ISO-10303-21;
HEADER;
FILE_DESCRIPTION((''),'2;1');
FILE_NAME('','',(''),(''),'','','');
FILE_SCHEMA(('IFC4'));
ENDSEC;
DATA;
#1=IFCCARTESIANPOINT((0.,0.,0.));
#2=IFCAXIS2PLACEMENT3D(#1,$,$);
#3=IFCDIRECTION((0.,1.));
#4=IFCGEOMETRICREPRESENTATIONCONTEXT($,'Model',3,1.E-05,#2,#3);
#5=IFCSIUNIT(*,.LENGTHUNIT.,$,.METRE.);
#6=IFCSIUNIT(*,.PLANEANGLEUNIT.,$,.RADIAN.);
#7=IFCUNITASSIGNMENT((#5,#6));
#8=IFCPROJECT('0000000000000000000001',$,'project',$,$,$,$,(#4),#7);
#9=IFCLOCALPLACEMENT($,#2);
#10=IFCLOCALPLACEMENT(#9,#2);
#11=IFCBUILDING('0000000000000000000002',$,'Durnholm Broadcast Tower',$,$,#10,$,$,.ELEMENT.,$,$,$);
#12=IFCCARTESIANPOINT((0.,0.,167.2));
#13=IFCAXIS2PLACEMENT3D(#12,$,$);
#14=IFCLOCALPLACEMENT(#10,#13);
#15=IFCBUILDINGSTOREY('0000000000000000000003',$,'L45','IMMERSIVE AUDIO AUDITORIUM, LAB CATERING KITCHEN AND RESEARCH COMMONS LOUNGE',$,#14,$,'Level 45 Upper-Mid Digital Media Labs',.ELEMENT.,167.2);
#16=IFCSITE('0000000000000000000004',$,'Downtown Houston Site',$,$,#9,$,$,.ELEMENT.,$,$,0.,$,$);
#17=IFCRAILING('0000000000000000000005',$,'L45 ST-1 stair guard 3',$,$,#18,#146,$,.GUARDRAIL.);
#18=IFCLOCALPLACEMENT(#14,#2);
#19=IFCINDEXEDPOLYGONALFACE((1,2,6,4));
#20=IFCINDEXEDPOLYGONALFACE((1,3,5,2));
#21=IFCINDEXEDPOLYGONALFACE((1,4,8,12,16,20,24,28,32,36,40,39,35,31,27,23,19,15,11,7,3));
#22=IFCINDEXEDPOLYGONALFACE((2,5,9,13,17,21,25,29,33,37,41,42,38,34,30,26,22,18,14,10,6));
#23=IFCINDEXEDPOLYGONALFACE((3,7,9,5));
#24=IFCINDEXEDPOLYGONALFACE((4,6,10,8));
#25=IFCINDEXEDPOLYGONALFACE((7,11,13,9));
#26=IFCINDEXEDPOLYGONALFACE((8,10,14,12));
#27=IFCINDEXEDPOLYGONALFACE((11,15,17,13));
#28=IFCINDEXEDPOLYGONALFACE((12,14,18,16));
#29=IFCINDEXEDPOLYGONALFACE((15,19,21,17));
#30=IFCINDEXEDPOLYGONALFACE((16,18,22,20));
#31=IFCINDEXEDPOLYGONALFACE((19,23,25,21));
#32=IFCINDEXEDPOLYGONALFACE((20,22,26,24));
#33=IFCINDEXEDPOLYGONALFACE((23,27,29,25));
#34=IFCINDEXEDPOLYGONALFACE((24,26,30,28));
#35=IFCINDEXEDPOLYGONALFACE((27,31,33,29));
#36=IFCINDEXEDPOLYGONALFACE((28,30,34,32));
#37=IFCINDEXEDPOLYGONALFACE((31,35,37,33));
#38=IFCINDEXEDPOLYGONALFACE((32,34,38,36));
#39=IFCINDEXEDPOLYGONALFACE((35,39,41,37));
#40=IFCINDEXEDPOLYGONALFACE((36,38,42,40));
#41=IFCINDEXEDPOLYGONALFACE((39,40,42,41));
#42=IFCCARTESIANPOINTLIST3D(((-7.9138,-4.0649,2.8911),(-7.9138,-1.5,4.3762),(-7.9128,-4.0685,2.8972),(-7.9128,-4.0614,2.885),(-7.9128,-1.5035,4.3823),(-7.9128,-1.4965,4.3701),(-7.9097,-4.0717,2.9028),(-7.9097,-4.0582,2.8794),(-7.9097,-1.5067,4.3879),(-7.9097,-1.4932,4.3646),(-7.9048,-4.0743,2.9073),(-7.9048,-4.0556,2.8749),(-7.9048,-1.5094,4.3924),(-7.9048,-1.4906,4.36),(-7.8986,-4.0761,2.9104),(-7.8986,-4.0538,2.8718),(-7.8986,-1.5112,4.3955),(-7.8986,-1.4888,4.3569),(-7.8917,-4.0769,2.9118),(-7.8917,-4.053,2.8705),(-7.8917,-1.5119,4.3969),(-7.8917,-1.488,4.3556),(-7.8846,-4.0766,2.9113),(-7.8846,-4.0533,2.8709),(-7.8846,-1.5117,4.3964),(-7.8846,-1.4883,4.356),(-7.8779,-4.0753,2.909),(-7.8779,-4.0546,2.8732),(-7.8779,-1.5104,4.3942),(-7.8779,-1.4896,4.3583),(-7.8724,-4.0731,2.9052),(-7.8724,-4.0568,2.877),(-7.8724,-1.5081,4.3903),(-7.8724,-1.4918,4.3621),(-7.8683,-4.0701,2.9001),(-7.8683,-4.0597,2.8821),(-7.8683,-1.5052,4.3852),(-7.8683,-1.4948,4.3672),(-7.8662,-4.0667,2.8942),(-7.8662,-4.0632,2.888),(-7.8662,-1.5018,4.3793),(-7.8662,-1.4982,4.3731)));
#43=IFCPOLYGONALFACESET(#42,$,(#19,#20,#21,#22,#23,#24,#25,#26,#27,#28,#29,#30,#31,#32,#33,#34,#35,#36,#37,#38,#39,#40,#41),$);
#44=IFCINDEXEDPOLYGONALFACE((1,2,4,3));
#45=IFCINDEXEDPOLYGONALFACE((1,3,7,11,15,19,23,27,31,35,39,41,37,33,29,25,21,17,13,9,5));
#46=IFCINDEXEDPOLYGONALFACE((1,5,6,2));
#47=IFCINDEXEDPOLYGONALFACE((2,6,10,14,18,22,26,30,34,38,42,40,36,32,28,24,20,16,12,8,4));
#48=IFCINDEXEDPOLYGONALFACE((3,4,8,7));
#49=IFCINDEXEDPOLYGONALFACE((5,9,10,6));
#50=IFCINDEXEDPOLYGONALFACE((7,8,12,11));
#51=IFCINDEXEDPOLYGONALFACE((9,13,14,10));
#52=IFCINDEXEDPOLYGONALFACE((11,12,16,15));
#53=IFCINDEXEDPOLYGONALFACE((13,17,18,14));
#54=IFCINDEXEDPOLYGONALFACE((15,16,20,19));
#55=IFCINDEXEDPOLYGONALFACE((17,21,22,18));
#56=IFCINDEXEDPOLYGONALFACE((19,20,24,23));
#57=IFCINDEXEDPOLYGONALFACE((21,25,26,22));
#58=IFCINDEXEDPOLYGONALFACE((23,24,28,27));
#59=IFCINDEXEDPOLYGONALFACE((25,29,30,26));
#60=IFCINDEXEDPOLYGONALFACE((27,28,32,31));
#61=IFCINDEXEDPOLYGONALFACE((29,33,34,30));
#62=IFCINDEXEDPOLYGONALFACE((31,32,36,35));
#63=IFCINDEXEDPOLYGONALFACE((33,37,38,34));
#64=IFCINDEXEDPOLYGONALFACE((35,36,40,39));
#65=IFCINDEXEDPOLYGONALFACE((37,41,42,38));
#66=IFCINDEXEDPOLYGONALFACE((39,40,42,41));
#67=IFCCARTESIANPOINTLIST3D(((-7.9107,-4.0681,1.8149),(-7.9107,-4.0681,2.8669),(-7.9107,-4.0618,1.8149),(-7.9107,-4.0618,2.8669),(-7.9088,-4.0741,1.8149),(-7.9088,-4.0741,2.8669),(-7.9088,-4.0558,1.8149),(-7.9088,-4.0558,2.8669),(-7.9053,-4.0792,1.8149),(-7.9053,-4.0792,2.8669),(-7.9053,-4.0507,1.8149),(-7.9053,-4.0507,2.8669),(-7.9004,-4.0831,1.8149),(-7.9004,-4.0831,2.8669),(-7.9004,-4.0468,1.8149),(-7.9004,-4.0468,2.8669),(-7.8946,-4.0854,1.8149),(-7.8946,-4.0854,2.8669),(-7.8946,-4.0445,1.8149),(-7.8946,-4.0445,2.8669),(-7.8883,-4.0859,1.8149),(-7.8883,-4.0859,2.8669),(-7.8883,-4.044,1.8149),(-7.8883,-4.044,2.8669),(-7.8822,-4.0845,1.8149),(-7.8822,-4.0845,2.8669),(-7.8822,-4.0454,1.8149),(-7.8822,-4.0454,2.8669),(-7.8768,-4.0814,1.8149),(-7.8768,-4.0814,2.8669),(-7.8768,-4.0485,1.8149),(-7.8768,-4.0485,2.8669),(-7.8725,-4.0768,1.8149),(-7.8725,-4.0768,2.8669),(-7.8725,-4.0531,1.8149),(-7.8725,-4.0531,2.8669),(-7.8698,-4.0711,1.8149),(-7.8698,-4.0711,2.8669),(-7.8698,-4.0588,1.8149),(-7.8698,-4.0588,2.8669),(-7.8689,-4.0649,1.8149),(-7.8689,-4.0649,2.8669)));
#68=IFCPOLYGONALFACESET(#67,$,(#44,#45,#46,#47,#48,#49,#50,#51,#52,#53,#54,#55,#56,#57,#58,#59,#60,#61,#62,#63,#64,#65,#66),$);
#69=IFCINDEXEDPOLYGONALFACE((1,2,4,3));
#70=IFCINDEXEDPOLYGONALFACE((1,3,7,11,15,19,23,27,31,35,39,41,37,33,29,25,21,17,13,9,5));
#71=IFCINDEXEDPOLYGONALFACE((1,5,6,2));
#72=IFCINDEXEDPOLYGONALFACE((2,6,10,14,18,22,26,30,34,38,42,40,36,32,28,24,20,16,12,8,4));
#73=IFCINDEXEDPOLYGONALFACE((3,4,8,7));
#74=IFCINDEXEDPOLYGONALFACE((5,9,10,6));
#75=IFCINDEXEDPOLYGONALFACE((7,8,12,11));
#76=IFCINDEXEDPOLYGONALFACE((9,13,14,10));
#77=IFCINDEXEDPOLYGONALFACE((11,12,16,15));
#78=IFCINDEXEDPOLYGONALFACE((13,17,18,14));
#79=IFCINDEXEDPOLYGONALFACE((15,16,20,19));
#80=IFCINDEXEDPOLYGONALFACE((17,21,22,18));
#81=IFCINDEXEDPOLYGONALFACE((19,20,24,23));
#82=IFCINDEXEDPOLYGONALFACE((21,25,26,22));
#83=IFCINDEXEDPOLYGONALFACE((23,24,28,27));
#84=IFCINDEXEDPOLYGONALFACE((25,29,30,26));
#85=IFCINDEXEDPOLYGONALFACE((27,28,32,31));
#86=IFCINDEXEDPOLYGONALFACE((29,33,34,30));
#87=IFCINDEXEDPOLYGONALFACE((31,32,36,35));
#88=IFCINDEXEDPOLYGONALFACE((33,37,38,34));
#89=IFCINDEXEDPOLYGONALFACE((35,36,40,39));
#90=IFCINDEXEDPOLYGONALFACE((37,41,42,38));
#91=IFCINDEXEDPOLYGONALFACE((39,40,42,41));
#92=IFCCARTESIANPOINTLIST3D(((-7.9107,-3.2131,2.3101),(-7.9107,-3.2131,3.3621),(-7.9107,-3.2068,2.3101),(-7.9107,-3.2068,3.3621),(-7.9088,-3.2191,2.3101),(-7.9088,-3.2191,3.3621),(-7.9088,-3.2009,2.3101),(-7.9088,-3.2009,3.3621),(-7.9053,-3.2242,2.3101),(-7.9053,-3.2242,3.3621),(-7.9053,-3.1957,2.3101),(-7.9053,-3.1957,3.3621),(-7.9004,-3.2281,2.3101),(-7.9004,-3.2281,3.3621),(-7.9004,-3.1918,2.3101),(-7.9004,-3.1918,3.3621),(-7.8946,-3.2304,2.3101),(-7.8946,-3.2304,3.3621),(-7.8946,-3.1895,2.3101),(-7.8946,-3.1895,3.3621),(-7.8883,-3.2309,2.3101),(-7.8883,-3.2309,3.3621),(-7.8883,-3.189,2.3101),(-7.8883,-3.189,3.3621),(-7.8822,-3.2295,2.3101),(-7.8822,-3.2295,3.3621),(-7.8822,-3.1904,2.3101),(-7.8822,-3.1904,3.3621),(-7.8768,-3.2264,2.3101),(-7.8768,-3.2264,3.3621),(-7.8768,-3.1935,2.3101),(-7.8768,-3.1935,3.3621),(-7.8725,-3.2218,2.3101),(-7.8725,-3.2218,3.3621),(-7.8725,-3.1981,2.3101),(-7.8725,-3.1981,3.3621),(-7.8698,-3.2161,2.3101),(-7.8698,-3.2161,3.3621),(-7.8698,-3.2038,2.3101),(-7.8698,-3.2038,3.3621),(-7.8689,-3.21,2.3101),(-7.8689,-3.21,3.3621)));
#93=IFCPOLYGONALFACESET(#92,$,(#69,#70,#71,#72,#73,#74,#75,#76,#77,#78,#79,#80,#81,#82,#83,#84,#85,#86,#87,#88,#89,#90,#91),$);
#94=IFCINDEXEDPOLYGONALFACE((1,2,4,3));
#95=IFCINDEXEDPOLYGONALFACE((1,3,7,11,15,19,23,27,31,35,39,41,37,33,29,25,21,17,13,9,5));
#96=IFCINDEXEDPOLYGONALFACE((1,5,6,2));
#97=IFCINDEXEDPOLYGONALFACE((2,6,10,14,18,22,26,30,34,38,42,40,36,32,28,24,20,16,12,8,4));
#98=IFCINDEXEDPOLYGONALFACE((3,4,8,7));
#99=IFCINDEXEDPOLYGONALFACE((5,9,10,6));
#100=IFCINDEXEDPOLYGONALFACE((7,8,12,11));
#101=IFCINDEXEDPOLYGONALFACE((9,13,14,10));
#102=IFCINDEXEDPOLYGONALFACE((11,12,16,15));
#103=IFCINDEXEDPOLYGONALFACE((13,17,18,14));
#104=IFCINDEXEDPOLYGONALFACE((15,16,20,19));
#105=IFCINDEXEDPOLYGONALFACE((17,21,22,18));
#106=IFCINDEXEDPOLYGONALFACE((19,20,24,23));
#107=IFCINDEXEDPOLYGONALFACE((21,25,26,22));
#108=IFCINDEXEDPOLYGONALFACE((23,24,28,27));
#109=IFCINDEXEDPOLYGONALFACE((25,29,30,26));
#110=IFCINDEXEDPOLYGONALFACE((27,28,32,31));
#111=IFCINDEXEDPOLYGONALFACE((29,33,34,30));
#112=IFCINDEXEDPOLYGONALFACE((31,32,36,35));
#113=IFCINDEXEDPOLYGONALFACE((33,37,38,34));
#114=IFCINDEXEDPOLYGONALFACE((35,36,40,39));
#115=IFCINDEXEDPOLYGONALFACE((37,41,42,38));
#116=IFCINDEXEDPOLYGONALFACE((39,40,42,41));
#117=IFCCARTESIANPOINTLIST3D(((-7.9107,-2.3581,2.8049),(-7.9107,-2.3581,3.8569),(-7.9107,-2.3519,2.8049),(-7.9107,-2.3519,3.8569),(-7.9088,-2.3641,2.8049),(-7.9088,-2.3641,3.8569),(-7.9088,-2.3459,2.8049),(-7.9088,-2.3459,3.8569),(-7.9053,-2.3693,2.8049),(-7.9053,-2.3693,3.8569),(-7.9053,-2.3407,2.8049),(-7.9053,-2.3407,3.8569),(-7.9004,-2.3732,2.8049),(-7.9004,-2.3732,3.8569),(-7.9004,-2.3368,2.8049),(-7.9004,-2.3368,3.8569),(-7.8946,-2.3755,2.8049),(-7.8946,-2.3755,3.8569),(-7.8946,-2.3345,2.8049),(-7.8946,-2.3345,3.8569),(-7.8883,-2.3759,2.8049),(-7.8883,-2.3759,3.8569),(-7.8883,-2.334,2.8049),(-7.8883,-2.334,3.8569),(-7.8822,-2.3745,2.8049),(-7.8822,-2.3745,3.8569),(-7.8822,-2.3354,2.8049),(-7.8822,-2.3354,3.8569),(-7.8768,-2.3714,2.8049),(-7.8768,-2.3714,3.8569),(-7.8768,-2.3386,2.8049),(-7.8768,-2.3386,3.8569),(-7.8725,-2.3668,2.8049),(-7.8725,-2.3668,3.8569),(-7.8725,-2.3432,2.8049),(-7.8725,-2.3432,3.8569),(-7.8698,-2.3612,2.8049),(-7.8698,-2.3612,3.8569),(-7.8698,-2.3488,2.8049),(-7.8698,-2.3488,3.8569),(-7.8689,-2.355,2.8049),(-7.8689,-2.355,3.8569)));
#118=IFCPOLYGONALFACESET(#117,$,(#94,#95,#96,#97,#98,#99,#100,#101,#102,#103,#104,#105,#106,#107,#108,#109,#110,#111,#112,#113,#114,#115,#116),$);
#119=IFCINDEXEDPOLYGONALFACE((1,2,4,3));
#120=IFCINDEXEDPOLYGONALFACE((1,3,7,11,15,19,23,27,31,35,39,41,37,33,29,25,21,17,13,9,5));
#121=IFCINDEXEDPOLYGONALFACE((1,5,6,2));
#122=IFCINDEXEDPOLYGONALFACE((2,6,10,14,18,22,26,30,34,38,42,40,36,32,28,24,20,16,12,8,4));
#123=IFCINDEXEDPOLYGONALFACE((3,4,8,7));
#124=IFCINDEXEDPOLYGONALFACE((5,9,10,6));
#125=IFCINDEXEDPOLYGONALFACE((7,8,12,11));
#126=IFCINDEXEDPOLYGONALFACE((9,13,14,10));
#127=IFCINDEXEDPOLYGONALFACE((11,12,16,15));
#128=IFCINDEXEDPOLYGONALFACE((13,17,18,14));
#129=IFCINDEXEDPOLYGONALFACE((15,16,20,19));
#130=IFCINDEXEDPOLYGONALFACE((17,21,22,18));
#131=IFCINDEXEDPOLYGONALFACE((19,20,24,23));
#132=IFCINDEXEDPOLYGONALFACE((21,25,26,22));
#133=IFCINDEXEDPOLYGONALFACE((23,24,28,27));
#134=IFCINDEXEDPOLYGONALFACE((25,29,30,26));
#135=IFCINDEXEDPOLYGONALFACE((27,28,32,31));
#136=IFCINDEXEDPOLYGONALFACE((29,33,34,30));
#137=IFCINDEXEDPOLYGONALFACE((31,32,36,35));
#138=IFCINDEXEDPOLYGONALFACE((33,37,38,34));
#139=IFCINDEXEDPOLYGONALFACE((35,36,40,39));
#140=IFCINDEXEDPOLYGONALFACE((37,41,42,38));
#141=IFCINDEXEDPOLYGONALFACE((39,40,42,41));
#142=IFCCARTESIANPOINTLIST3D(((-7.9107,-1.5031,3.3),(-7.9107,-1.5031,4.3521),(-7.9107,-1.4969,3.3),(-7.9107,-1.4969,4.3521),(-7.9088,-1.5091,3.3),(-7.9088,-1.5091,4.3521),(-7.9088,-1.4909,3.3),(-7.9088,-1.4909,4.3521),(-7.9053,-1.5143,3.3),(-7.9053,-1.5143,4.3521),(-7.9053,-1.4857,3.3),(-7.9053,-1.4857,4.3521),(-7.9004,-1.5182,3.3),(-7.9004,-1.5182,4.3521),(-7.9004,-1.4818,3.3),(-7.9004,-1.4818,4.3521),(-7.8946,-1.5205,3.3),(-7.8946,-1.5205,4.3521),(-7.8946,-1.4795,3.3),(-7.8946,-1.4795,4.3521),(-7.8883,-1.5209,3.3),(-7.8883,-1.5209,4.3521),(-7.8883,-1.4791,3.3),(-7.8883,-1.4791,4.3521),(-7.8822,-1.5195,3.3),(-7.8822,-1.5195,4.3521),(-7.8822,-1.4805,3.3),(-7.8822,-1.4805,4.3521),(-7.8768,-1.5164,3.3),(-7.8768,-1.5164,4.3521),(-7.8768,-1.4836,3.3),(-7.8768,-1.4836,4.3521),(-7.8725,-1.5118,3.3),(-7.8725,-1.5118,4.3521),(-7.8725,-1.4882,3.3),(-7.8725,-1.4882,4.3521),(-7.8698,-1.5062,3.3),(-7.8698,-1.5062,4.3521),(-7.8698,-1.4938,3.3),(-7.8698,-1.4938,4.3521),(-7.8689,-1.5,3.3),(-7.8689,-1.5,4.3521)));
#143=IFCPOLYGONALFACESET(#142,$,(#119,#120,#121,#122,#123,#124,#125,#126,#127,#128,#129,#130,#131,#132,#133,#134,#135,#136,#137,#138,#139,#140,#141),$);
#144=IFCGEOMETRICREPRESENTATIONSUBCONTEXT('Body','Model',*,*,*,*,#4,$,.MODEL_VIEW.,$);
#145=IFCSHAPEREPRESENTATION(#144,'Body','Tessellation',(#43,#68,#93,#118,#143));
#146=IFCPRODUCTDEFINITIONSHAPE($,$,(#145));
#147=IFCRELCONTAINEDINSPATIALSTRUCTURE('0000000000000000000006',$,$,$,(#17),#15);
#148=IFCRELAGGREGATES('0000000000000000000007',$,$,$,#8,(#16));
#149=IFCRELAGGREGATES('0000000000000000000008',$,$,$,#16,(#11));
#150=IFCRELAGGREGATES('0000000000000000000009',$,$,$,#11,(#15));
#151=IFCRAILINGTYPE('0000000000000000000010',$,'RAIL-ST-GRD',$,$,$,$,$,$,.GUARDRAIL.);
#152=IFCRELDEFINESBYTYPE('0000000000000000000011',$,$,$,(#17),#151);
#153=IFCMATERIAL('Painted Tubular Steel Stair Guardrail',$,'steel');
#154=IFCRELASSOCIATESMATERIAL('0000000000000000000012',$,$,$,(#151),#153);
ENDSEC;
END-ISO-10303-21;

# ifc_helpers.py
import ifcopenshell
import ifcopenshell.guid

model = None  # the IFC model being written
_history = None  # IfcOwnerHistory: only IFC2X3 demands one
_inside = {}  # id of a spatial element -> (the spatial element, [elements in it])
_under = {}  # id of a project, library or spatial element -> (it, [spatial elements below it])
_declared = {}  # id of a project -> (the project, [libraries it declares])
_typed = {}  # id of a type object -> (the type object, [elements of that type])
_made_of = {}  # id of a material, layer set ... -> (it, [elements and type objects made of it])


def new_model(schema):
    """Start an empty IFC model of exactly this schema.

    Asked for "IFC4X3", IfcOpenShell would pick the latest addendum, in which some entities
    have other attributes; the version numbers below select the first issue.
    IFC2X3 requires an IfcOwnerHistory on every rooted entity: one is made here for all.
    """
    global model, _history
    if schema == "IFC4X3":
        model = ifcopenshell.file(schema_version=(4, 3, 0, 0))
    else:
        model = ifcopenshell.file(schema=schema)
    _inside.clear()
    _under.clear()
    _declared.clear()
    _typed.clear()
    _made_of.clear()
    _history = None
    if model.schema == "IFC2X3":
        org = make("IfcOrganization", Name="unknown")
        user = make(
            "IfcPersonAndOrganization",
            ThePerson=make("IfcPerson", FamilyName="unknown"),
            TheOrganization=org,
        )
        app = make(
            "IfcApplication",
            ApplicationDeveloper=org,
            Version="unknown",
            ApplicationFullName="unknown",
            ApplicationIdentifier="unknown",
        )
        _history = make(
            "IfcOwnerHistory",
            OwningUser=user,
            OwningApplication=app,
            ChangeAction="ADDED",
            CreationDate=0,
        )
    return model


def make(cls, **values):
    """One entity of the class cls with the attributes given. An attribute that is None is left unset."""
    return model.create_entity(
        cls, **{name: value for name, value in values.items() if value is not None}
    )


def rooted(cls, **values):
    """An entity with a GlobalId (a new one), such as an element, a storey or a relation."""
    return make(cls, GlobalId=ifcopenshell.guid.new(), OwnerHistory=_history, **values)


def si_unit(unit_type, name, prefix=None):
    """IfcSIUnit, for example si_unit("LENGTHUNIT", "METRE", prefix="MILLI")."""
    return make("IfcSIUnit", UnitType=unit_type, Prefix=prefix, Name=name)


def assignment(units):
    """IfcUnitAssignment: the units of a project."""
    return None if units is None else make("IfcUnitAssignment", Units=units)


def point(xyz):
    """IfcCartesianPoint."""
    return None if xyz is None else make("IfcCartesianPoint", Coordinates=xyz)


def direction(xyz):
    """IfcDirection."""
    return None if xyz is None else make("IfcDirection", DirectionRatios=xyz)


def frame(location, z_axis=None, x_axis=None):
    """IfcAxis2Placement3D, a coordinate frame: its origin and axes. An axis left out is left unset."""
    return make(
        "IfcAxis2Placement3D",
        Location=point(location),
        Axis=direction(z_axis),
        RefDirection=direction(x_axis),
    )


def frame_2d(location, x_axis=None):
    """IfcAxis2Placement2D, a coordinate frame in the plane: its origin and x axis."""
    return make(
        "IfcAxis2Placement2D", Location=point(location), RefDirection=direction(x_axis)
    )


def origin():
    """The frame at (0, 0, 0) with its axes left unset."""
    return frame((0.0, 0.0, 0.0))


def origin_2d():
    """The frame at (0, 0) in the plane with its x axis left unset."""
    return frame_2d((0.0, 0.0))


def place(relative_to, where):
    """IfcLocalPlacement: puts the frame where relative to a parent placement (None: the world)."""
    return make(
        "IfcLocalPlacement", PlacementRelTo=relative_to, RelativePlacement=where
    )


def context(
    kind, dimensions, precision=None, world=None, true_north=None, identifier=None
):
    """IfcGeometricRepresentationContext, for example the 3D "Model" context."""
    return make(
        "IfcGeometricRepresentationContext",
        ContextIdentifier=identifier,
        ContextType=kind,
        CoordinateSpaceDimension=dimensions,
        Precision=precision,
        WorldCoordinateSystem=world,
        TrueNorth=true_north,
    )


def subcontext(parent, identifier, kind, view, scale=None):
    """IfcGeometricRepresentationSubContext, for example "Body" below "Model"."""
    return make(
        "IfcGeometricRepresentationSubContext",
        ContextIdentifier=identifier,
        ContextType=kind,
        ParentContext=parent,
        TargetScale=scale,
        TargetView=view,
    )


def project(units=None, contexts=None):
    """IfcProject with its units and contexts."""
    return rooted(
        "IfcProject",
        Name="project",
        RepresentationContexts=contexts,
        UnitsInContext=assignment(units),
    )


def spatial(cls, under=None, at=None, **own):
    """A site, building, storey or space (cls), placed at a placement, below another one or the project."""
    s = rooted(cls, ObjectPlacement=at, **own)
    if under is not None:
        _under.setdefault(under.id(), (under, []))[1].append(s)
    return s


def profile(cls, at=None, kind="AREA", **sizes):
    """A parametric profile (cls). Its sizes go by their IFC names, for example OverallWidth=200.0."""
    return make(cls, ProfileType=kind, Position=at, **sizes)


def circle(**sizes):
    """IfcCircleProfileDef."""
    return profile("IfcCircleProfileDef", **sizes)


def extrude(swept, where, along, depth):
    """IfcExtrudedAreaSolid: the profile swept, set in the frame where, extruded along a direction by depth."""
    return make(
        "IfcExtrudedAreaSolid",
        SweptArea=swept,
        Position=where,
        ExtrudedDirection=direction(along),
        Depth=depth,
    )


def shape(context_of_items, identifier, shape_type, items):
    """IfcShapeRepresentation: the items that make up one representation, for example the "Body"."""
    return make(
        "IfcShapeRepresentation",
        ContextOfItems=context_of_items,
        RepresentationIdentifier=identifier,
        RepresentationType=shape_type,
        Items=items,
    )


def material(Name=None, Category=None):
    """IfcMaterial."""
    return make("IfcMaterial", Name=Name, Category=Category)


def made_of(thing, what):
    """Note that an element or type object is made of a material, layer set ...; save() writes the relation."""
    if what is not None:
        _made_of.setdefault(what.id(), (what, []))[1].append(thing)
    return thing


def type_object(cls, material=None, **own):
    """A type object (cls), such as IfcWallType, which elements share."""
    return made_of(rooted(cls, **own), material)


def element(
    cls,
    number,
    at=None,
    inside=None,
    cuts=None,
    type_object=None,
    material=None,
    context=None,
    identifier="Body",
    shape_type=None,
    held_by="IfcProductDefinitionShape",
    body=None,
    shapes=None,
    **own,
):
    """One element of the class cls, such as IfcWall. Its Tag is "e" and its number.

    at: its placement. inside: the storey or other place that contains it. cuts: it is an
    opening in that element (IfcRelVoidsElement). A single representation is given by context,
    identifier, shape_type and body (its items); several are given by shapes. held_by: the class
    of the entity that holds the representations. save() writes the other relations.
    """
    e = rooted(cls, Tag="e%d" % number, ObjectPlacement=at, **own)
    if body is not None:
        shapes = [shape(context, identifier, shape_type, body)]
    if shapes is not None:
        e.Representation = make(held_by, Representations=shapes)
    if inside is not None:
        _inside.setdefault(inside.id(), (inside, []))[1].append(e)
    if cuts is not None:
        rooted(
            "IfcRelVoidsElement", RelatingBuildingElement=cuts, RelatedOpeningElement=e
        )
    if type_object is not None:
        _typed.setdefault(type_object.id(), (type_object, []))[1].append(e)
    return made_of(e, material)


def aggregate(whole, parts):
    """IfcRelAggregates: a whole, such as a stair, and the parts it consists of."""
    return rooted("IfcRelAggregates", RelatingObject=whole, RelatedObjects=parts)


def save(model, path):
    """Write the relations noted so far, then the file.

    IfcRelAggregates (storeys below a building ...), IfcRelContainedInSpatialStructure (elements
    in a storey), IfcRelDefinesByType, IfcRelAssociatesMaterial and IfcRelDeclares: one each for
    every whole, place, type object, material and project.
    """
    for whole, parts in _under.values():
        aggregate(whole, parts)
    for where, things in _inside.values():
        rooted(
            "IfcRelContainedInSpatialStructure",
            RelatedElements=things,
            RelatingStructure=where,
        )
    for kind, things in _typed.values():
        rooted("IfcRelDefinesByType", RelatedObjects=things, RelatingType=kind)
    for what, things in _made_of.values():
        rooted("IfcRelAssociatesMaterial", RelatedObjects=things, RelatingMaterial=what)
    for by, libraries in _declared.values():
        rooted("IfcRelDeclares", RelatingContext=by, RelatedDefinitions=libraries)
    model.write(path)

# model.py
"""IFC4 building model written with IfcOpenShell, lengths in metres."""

from ifc_helpers import new_model, si_unit, direction, frame, origin, origin_2d, place, context, subcontext, project, spatial, circle, extrude, material, type_object, element, save


model = new_model("IFC4")

# Units and contexts
model_context = context("Model", 3, precision=1e-05, world=origin(), true_north=direction((0.0, 1.0)))
body_context = subcontext(model_context, "Body", "Model", "MODEL_VIEW")
ifc_project = project(units=[si_unit("LENGTHUNIT", "METRE"), si_unit("PLANEANGLEUNIT", "RADIAN")], contexts=[model_context])

# Site, building, storey
site_placement = place(None, origin())
site = spatial("IfcSite", under=ifc_project, at=site_placement, Name="Downtown Houston Site", CompositionType="ELEMENT", RefElevation=0.0)
building_placement = place(site_placement, origin())
building = spatial("IfcBuilding", under=site, at=building_placement, Name="Durnholm Broadcast Tower", CompositionType="ELEMENT")
storey_placement = place(building_placement, frame((0.0, 0.0, 167.2)))
storey = spatial("IfcBuildingStorey", under=building, at=storey_placement, Name="L45", Description="IMMERSIVE AUDIO AUDITORIUM, LAB CATERING KITCHEN AND RESEARCH COMMONS LOUNGE", LongName="Level 45 Upper-Mid Digital Media Labs", CompositionType="ELEMENT", Elevation=167.2)

# Railing
ifc_material_1 = material(Name="Painted Tubular Steel Stair Guardrail", Category="steel")
railing_type_1 = type_object("IfcRailingType", Name="RAIL-ST-GRD", PredefinedType="GUARDRAIL", material=ifc_material_1)
railing_1_placement = place(storey_placement, frame((-7.8899, -4.0649, 1.8149)))
element("IfcRailing", 1, at=railing_1_placement, inside=storey, type_object=railing_type_1, Name="L45 ST-1 stair guard 3", PredefinedType="GUARDRAIL", context=body_context, shape_type="SweptSolid", body=[
    extrude(circle(Radius=0.0239, at=origin_2d()), frame((0.0, 0.0, 1.0762), z_axis=(0.0, 0.865406, 0.501072), x_axis=(-1.0, 0.0, 0.0)), (0.0, 0.0, 1.0), 2.9639),
    extrude(circle(Radius=0.021, at=origin_2d()), origin(), (0.0, 0.0, 1.0), 1.052),
    extrude(circle(Radius=0.021, at=origin_2d()), frame((0.0, 0.855, 0.4951)), (0.0, 0.0, 1.0), 1.052),
    extrude(circle(Radius=0.021, at=origin_2d()), frame((0.0, 1.71, 0.99)), (0.0, 0.0, 1.0), 1.052),
    extrude(circle(Radius=0.021, at=origin_2d()), frame((0.0, 2.5649, 1.4851)), (0.0, 0.0, 1.0), 1.052),
])

save(model, "model.ifc")
